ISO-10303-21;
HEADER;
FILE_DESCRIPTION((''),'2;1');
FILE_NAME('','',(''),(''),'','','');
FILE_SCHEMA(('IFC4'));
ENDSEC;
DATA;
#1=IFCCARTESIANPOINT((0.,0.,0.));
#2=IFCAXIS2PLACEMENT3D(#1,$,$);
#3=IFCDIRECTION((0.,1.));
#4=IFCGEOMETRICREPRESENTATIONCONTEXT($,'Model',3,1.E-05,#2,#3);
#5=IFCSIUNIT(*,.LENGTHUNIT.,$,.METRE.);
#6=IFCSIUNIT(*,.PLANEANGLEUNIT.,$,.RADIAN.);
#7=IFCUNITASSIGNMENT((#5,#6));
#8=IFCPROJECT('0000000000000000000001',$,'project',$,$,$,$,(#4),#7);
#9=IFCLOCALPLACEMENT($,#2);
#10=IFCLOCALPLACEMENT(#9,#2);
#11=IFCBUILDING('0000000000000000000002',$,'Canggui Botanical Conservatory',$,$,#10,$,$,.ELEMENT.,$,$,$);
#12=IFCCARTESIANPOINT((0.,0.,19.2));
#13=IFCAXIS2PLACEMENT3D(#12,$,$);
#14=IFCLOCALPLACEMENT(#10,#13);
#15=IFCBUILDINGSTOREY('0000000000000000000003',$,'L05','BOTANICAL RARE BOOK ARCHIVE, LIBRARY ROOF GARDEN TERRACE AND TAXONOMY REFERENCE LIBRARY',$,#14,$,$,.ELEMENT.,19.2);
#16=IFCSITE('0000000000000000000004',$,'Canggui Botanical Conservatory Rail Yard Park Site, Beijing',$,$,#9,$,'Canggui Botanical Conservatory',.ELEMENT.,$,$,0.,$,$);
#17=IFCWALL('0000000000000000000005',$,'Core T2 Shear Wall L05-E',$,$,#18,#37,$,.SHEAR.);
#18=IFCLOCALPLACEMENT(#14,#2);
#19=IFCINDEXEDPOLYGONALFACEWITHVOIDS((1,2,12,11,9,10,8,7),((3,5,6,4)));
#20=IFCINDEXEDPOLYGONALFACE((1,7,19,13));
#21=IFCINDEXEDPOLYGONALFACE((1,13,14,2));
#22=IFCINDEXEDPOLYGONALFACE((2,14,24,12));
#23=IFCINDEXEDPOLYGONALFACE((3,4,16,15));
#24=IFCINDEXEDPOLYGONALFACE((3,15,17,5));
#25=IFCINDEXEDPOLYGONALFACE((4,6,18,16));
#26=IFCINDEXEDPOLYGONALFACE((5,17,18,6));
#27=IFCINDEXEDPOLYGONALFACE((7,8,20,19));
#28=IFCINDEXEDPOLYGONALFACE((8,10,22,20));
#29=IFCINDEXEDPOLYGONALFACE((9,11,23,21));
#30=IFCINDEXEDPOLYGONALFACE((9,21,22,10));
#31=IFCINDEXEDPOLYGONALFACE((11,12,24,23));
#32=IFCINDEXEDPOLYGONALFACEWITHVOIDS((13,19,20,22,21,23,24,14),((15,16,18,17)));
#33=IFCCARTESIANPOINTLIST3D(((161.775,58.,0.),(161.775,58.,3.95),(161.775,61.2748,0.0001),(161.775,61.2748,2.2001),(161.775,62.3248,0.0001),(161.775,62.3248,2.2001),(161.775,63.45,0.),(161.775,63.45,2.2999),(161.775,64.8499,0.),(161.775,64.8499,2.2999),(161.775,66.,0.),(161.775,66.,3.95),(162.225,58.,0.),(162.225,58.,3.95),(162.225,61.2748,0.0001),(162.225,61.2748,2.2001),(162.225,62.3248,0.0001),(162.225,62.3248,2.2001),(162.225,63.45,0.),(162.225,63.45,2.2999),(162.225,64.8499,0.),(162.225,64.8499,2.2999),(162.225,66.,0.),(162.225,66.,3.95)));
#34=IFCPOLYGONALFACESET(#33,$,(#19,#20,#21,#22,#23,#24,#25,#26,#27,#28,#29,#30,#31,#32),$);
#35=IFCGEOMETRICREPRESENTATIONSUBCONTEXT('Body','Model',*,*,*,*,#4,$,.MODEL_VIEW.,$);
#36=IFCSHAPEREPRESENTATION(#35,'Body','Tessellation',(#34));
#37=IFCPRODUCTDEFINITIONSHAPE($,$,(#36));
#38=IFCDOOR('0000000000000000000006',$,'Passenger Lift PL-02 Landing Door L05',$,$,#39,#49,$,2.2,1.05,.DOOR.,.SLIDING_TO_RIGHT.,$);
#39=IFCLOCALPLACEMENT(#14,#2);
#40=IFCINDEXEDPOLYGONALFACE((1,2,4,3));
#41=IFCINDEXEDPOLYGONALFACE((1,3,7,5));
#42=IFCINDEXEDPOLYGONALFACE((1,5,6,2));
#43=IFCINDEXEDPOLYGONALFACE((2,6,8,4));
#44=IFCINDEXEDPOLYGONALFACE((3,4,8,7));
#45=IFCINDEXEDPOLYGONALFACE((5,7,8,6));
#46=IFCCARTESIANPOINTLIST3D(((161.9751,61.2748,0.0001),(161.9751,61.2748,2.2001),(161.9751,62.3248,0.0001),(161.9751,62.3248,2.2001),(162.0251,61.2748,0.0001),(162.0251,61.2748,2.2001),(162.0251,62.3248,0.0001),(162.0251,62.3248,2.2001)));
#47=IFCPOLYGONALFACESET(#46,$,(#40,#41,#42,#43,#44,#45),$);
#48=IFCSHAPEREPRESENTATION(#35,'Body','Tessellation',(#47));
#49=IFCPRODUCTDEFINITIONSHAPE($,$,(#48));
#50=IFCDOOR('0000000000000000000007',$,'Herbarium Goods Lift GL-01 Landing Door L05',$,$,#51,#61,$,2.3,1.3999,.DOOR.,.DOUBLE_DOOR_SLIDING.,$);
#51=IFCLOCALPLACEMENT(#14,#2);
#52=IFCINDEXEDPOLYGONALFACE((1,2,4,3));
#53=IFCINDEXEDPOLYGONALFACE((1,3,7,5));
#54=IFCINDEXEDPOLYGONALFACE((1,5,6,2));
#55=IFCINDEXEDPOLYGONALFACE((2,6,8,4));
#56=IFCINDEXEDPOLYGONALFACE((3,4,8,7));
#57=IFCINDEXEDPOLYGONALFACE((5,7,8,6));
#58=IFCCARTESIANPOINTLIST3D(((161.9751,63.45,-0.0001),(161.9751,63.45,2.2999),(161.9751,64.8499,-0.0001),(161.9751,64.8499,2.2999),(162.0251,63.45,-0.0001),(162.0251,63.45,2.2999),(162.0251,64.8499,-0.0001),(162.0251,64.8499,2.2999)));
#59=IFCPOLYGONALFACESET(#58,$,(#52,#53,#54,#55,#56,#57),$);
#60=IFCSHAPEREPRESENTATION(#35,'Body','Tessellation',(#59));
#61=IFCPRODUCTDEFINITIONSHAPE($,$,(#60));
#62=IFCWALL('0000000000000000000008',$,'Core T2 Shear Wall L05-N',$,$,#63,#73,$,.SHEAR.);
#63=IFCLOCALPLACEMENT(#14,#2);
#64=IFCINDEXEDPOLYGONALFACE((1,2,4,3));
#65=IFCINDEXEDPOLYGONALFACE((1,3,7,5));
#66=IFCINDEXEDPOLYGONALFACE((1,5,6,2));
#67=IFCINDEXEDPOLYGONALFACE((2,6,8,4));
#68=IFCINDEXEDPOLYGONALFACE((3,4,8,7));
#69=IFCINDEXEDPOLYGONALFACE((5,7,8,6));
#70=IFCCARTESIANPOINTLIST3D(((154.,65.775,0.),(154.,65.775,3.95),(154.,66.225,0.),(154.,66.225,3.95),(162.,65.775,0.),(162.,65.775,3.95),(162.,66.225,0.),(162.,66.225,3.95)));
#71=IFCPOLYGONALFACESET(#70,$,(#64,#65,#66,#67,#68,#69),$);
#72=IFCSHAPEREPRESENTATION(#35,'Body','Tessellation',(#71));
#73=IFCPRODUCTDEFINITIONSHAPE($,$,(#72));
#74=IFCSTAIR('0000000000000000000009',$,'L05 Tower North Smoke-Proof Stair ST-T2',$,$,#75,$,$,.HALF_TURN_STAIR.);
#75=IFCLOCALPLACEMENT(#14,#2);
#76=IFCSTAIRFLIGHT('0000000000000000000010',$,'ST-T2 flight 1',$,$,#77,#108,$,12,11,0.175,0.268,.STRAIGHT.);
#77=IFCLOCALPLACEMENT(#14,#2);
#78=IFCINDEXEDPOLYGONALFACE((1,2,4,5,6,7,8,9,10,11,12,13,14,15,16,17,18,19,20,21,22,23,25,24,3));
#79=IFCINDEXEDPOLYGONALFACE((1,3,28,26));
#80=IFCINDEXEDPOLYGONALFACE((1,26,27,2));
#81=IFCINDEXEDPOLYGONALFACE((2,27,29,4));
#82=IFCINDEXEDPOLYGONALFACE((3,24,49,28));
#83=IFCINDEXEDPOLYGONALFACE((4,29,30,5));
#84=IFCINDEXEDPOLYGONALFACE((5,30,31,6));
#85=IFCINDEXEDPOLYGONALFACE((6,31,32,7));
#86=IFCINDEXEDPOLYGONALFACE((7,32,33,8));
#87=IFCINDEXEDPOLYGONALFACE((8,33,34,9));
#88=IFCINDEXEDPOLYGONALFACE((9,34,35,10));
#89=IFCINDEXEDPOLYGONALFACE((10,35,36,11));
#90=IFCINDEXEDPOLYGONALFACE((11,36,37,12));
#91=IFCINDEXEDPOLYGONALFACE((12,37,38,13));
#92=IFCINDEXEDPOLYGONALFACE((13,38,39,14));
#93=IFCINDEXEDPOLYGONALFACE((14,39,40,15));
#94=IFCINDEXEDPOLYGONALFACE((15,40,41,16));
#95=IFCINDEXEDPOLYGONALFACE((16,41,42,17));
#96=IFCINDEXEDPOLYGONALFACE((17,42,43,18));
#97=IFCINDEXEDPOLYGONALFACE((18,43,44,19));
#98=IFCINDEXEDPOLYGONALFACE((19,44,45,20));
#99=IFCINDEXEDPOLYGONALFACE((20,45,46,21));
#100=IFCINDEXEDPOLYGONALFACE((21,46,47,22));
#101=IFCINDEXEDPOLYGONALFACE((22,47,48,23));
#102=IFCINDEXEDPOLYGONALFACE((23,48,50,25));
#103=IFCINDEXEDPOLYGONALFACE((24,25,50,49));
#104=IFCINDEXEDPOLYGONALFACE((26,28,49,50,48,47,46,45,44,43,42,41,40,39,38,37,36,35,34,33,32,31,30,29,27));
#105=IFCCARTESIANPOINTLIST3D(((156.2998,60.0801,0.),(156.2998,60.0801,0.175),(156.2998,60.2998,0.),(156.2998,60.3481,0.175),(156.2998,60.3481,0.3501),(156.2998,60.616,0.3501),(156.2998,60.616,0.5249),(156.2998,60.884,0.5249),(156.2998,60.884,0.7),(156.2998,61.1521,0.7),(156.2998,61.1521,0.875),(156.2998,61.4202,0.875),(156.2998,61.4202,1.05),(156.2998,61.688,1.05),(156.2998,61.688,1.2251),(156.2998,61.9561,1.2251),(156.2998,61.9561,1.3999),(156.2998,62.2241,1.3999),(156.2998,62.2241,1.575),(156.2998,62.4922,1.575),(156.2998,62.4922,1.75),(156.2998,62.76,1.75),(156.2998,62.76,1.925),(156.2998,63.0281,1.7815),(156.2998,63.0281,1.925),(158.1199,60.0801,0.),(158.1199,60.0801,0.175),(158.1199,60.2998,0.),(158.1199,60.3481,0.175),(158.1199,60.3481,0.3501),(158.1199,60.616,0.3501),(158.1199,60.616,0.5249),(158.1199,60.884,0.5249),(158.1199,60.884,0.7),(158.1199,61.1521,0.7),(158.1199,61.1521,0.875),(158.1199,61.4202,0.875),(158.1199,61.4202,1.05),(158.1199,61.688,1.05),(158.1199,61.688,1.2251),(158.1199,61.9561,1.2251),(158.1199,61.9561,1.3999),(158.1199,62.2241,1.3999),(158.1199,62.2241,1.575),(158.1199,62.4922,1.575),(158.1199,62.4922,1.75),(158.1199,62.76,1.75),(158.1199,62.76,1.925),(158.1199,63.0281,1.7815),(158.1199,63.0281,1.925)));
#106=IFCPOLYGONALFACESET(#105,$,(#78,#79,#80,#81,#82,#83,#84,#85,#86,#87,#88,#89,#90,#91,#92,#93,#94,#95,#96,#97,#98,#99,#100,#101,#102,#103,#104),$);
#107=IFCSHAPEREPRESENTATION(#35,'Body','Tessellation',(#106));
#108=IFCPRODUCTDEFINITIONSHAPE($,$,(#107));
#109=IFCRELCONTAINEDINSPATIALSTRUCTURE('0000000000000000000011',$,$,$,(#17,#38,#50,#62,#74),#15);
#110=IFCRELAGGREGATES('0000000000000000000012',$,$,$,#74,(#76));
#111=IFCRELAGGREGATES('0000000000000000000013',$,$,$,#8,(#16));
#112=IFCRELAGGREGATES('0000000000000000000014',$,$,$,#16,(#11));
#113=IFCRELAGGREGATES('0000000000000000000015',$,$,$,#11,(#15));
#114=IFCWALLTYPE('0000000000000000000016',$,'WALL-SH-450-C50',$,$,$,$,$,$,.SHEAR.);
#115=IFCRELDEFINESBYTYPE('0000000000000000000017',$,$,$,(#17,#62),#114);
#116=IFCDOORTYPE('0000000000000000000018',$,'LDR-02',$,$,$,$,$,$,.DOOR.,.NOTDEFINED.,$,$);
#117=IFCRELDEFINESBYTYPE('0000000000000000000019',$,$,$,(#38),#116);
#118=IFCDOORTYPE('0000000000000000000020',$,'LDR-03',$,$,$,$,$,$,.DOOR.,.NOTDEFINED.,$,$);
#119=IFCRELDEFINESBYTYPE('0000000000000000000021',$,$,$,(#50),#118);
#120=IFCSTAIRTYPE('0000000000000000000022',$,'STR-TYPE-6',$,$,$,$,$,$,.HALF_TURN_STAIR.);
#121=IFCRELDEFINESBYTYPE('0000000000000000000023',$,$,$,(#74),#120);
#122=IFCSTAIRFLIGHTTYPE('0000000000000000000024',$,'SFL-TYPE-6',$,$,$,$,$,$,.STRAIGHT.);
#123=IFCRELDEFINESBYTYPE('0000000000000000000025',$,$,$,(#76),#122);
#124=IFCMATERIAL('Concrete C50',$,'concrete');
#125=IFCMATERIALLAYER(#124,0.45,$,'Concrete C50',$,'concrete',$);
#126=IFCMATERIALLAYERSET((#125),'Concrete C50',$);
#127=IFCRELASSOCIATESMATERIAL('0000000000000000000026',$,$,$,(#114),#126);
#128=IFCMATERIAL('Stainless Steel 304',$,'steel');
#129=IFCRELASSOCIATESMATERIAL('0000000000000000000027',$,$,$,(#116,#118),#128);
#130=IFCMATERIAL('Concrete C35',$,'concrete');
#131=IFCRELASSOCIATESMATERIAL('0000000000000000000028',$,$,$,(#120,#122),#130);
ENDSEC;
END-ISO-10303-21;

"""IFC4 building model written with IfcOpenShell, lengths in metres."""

from ifc_helpers import new_model, si_unit, direction, frame, frame_2d, origin, place, context, subcontext, project, spatial, polyline, rectangle, outline, extrude, material, layer, layer_set, type_object, element, fill, aggregate, save


model = new_model("IFC4")

# Units and contexts
model_context = context("Model", 3, precision=1e-05, world=origin(), true_north=direction((0.0, 1.0)))
body_context = subcontext(model_context, "Body", "Model", "MODEL_VIEW")
ifc_project = project(units=[si_unit("LENGTHUNIT", "METRE"), si_unit("PLANEANGLEUNIT", "RADIAN")], contexts=[model_context])

# Site, building, storey
site_placement = place(None, origin())
site = spatial("IfcSite", under=ifc_project, at=site_placement, Name="Canggui Botanical Conservatory Rail Yard Park Site, Beijing", LongName="Canggui Botanical Conservatory", CompositionType="ELEMENT", RefElevation=0.0)
building_placement = place(site_placement, origin())
building = spatial("IfcBuilding", under=site, at=building_placement, Name="Canggui Botanical Conservatory", CompositionType="ELEMENT")
storey_placement = place(building_placement, frame((0.0, 0.0, 19.2)))
storey = spatial("IfcBuildingStorey", under=building, at=storey_placement, Name="L05", Description="BOTANICAL RARE BOOK ARCHIVE, LIBRARY ROOF GARDEN TERRACE AND TAXONOMY REFERENCE LIBRARY", CompositionType="ELEMENT", Elevation=19.2)

# Shared definitions
ifc_material_1 = material(Name="Concrete C35", Category="concrete")

# Wall, openings, doors
ifc_material_2 = material(Name="Concrete C50", Category="concrete")
ifc_layer_1 = layer(ifc_material_2, 0.45, Name="Concrete C50", Category="concrete")
ifc_layer_set_1 = layer_set([ifc_layer_1], Name="Concrete C50")
wall_type_1 = type_object("IfcWallType", Name="WALL-SH-450-C50", PredefinedType="SHEAR", material=ifc_layer_set_1)
wall_1_placement = place(storey_placement, frame((162.0, 58.0, 0.0), z_axis=(0.0, 0.0, 1.0), x_axis=(0.0, 1.0, 0.0)))
wall_1 = element("IfcWall", 1, at=wall_1_placement, inside=storey, type_object=wall_type_1, Name="Core T2 Shear Wall L05-E", PredefinedType="SHEAR", context=body_context, shape_type="SweptSolid", body=[
    extrude(rectangle(XDim=8.0, YDim=0.45, at=frame_2d((4.0, 0.0))), origin(), (0.0, 0.0, 1.0), 3.95),
])
opening_1_placement = place(wall_1_placement, frame((3.2749, 0.0, 0.0)))
opening_1 = element("IfcOpeningElement", 2, at=opening_1_placement, cuts=wall_1, PredefinedType="OPENING", context=body_context, shape_type="SweptSolid", body=[
    extrude(rectangle(XDim=1.05, YDim=2.2, at=frame_2d((0.5249, 1.1001))), frame((0.0, 0.2349, 0.0), z_axis=(0.0, -1.0, 0.0), x_axis=(1.0, 0.0, 0.0)), (0.0, 0.0, 1.0), 0.47),
])
opening_2_placement = place(wall_1_placement, frame((5.45, 0.0, 0.0)))
opening_2 = element("IfcOpeningElement", 3, at=opening_2_placement, cuts=wall_1, PredefinedType="OPENING", context=body_context, shape_type="SweptSolid", body=[
    extrude(rectangle(XDim=1.3999, YDim=2.3, at=frame_2d((0.7, 1.1499))), frame((0.0, 0.2349, 0.0), z_axis=(0.0, -1.0, 0.0), x_axis=(1.0, 0.0, 0.0)), (0.0, 0.0, 1.0), 0.47),
])
ifc_material_3 = material(Name="Stainless Steel 304", Category="steel")
door_type_1 = type_object("IfcDoorType", Name="LDR-02", OperationType="NOTDEFINED", PredefinedType="DOOR", material=ifc_material_3)
door_1_placement = place(opening_1_placement, origin())
door_1 = element("IfcDoor", 4, at=door_1_placement, inside=storey, type_object=door_type_1, Name="Passenger Lift PL-02 Landing Door L05", OperationType="SLIDING_TO_RIGHT", OverallHeight=2.2, OverallWidth=1.05, PredefinedType="DOOR", context=body_context, shape_type="SweptSolid", body=[
    extrude(rectangle(XDim=1.05, YDim=2.2, at=frame_2d((0.5249, 1.1001))), frame((0.0, 0.0249, 0.0), z_axis=(0.0, -1.0, 0.0), x_axis=(1.0, 0.0, 0.0)), (0.0, 0.0, 1.0), 0.05),
])
fill(opening_1, door_1)
door_type_2 = type_object("IfcDoorType", Name="LDR-03", OperationType="NOTDEFINED", PredefinedType="DOOR", material=ifc_material_3)
door_2_placement = place(opening_2_placement, origin())
door_2 = element("IfcDoor", 5, at=door_2_placement, inside=storey, type_object=door_type_2, Name="Herbarium Goods Lift GL-01 Landing Door L05", OperationType="DOUBLE_DOOR_SLIDING", OverallHeight=2.3, OverallWidth=1.3999, PredefinedType="DOOR", context=body_context, shape_type="SweptSolid", body=[
    extrude(rectangle(XDim=1.3999, YDim=2.3, at=frame_2d((0.7, 1.1499))), frame((0.0, 0.0249, 0.0), z_axis=(0.0, -1.0, 0.0), x_axis=(1.0, 0.0, 0.0)), (0.0, 0.0, 1.0), 0.05),
])
fill(opening_2, door_2)

# Wall
wall_2_placement = place(storey_placement, frame((162.0, 66.0, 0.0), z_axis=(0.0, 0.0, 1.0), x_axis=(-1.0, 0.0, 0.0)))
element("IfcWall", 6, at=wall_2_placement, inside=storey, type_object=wall_type_1, Name="Core T2 Shear Wall L05-N", PredefinedType="SHEAR", context=body_context, shape_type="SweptSolid", body=[
    extrude(rectangle(XDim=8.0, YDim=0.45, at=frame_2d((4.0, 0.0))), origin(), (0.0, 0.0, 1.0), 3.95),
])

# Stair, stair flight
stair_type = type_object("IfcStairType", Name="STR-TYPE-6", PredefinedType="HALF_TURN_STAIR", material=ifc_material_1)
stair_placement = place(storey_placement, origin())
stair = element("IfcStair", 7, at=stair_placement, inside=storey, type_object=stair_type, Name="L05 Tower North Smoke-Proof Stair ST-T2", PredefinedType="HALF_TURN_STAIR")
stair_flight_type = type_object("IfcStairFlightType", Name="SFL-TYPE-6", PredefinedType="STRAIGHT", material=ifc_material_1)
stair_flight_placement = place(storey_placement, frame((157.21, 60.0801, 0.0), z_axis=(0.0, 0.0, 1.0), x_axis=(0.0, 1.0, 0.0)))
stair_flight = element("IfcStairFlight", 8, at=stair_flight_placement, type_object=stair_flight_type, Name="ST-T2 flight 1", NumberOfRisers=12, NumberOfTreads=11, PredefinedType="STRAIGHT", RiserHeight=0.175, TreadLength=0.268, context=body_context, shape_type="SweptSolid", body=[
    extrude(outline(polyline([(0.0, 0.0), (0.0, 0.175), (0.2681, 0.175), (0.2681, 0.3501), (0.5359, 0.3501), (0.5359, 0.5249), (0.804, 0.5249), (0.804, 0.7), (1.072, 0.7), (1.072, 0.875), (1.3401, 0.875), (1.3401, 1.05), (1.6079, 1.05), (1.6079, 1.2251), (1.876, 1.2251), (1.876, 1.3999), (2.144, 1.3999), (2.144, 1.575), (2.4121, 1.575), (2.4121, 1.75), (2.6799, 1.75), (2.6799, 1.925), (2.948, 1.925), (2.948, 2.1001), (2.948, 1.7815), (0.2197, 0.0), (0.0, 0.0)])), frame((0.0, 0.9102, 0.0), z_axis=(0.0, -1.0, 0.0), x_axis=(1.0, 0.0, 0.0)), (0.0, 0.0, 1.0), 1.8201),
])
aggregate(stair, [stair_flight])

save(model, "model.ifc")
